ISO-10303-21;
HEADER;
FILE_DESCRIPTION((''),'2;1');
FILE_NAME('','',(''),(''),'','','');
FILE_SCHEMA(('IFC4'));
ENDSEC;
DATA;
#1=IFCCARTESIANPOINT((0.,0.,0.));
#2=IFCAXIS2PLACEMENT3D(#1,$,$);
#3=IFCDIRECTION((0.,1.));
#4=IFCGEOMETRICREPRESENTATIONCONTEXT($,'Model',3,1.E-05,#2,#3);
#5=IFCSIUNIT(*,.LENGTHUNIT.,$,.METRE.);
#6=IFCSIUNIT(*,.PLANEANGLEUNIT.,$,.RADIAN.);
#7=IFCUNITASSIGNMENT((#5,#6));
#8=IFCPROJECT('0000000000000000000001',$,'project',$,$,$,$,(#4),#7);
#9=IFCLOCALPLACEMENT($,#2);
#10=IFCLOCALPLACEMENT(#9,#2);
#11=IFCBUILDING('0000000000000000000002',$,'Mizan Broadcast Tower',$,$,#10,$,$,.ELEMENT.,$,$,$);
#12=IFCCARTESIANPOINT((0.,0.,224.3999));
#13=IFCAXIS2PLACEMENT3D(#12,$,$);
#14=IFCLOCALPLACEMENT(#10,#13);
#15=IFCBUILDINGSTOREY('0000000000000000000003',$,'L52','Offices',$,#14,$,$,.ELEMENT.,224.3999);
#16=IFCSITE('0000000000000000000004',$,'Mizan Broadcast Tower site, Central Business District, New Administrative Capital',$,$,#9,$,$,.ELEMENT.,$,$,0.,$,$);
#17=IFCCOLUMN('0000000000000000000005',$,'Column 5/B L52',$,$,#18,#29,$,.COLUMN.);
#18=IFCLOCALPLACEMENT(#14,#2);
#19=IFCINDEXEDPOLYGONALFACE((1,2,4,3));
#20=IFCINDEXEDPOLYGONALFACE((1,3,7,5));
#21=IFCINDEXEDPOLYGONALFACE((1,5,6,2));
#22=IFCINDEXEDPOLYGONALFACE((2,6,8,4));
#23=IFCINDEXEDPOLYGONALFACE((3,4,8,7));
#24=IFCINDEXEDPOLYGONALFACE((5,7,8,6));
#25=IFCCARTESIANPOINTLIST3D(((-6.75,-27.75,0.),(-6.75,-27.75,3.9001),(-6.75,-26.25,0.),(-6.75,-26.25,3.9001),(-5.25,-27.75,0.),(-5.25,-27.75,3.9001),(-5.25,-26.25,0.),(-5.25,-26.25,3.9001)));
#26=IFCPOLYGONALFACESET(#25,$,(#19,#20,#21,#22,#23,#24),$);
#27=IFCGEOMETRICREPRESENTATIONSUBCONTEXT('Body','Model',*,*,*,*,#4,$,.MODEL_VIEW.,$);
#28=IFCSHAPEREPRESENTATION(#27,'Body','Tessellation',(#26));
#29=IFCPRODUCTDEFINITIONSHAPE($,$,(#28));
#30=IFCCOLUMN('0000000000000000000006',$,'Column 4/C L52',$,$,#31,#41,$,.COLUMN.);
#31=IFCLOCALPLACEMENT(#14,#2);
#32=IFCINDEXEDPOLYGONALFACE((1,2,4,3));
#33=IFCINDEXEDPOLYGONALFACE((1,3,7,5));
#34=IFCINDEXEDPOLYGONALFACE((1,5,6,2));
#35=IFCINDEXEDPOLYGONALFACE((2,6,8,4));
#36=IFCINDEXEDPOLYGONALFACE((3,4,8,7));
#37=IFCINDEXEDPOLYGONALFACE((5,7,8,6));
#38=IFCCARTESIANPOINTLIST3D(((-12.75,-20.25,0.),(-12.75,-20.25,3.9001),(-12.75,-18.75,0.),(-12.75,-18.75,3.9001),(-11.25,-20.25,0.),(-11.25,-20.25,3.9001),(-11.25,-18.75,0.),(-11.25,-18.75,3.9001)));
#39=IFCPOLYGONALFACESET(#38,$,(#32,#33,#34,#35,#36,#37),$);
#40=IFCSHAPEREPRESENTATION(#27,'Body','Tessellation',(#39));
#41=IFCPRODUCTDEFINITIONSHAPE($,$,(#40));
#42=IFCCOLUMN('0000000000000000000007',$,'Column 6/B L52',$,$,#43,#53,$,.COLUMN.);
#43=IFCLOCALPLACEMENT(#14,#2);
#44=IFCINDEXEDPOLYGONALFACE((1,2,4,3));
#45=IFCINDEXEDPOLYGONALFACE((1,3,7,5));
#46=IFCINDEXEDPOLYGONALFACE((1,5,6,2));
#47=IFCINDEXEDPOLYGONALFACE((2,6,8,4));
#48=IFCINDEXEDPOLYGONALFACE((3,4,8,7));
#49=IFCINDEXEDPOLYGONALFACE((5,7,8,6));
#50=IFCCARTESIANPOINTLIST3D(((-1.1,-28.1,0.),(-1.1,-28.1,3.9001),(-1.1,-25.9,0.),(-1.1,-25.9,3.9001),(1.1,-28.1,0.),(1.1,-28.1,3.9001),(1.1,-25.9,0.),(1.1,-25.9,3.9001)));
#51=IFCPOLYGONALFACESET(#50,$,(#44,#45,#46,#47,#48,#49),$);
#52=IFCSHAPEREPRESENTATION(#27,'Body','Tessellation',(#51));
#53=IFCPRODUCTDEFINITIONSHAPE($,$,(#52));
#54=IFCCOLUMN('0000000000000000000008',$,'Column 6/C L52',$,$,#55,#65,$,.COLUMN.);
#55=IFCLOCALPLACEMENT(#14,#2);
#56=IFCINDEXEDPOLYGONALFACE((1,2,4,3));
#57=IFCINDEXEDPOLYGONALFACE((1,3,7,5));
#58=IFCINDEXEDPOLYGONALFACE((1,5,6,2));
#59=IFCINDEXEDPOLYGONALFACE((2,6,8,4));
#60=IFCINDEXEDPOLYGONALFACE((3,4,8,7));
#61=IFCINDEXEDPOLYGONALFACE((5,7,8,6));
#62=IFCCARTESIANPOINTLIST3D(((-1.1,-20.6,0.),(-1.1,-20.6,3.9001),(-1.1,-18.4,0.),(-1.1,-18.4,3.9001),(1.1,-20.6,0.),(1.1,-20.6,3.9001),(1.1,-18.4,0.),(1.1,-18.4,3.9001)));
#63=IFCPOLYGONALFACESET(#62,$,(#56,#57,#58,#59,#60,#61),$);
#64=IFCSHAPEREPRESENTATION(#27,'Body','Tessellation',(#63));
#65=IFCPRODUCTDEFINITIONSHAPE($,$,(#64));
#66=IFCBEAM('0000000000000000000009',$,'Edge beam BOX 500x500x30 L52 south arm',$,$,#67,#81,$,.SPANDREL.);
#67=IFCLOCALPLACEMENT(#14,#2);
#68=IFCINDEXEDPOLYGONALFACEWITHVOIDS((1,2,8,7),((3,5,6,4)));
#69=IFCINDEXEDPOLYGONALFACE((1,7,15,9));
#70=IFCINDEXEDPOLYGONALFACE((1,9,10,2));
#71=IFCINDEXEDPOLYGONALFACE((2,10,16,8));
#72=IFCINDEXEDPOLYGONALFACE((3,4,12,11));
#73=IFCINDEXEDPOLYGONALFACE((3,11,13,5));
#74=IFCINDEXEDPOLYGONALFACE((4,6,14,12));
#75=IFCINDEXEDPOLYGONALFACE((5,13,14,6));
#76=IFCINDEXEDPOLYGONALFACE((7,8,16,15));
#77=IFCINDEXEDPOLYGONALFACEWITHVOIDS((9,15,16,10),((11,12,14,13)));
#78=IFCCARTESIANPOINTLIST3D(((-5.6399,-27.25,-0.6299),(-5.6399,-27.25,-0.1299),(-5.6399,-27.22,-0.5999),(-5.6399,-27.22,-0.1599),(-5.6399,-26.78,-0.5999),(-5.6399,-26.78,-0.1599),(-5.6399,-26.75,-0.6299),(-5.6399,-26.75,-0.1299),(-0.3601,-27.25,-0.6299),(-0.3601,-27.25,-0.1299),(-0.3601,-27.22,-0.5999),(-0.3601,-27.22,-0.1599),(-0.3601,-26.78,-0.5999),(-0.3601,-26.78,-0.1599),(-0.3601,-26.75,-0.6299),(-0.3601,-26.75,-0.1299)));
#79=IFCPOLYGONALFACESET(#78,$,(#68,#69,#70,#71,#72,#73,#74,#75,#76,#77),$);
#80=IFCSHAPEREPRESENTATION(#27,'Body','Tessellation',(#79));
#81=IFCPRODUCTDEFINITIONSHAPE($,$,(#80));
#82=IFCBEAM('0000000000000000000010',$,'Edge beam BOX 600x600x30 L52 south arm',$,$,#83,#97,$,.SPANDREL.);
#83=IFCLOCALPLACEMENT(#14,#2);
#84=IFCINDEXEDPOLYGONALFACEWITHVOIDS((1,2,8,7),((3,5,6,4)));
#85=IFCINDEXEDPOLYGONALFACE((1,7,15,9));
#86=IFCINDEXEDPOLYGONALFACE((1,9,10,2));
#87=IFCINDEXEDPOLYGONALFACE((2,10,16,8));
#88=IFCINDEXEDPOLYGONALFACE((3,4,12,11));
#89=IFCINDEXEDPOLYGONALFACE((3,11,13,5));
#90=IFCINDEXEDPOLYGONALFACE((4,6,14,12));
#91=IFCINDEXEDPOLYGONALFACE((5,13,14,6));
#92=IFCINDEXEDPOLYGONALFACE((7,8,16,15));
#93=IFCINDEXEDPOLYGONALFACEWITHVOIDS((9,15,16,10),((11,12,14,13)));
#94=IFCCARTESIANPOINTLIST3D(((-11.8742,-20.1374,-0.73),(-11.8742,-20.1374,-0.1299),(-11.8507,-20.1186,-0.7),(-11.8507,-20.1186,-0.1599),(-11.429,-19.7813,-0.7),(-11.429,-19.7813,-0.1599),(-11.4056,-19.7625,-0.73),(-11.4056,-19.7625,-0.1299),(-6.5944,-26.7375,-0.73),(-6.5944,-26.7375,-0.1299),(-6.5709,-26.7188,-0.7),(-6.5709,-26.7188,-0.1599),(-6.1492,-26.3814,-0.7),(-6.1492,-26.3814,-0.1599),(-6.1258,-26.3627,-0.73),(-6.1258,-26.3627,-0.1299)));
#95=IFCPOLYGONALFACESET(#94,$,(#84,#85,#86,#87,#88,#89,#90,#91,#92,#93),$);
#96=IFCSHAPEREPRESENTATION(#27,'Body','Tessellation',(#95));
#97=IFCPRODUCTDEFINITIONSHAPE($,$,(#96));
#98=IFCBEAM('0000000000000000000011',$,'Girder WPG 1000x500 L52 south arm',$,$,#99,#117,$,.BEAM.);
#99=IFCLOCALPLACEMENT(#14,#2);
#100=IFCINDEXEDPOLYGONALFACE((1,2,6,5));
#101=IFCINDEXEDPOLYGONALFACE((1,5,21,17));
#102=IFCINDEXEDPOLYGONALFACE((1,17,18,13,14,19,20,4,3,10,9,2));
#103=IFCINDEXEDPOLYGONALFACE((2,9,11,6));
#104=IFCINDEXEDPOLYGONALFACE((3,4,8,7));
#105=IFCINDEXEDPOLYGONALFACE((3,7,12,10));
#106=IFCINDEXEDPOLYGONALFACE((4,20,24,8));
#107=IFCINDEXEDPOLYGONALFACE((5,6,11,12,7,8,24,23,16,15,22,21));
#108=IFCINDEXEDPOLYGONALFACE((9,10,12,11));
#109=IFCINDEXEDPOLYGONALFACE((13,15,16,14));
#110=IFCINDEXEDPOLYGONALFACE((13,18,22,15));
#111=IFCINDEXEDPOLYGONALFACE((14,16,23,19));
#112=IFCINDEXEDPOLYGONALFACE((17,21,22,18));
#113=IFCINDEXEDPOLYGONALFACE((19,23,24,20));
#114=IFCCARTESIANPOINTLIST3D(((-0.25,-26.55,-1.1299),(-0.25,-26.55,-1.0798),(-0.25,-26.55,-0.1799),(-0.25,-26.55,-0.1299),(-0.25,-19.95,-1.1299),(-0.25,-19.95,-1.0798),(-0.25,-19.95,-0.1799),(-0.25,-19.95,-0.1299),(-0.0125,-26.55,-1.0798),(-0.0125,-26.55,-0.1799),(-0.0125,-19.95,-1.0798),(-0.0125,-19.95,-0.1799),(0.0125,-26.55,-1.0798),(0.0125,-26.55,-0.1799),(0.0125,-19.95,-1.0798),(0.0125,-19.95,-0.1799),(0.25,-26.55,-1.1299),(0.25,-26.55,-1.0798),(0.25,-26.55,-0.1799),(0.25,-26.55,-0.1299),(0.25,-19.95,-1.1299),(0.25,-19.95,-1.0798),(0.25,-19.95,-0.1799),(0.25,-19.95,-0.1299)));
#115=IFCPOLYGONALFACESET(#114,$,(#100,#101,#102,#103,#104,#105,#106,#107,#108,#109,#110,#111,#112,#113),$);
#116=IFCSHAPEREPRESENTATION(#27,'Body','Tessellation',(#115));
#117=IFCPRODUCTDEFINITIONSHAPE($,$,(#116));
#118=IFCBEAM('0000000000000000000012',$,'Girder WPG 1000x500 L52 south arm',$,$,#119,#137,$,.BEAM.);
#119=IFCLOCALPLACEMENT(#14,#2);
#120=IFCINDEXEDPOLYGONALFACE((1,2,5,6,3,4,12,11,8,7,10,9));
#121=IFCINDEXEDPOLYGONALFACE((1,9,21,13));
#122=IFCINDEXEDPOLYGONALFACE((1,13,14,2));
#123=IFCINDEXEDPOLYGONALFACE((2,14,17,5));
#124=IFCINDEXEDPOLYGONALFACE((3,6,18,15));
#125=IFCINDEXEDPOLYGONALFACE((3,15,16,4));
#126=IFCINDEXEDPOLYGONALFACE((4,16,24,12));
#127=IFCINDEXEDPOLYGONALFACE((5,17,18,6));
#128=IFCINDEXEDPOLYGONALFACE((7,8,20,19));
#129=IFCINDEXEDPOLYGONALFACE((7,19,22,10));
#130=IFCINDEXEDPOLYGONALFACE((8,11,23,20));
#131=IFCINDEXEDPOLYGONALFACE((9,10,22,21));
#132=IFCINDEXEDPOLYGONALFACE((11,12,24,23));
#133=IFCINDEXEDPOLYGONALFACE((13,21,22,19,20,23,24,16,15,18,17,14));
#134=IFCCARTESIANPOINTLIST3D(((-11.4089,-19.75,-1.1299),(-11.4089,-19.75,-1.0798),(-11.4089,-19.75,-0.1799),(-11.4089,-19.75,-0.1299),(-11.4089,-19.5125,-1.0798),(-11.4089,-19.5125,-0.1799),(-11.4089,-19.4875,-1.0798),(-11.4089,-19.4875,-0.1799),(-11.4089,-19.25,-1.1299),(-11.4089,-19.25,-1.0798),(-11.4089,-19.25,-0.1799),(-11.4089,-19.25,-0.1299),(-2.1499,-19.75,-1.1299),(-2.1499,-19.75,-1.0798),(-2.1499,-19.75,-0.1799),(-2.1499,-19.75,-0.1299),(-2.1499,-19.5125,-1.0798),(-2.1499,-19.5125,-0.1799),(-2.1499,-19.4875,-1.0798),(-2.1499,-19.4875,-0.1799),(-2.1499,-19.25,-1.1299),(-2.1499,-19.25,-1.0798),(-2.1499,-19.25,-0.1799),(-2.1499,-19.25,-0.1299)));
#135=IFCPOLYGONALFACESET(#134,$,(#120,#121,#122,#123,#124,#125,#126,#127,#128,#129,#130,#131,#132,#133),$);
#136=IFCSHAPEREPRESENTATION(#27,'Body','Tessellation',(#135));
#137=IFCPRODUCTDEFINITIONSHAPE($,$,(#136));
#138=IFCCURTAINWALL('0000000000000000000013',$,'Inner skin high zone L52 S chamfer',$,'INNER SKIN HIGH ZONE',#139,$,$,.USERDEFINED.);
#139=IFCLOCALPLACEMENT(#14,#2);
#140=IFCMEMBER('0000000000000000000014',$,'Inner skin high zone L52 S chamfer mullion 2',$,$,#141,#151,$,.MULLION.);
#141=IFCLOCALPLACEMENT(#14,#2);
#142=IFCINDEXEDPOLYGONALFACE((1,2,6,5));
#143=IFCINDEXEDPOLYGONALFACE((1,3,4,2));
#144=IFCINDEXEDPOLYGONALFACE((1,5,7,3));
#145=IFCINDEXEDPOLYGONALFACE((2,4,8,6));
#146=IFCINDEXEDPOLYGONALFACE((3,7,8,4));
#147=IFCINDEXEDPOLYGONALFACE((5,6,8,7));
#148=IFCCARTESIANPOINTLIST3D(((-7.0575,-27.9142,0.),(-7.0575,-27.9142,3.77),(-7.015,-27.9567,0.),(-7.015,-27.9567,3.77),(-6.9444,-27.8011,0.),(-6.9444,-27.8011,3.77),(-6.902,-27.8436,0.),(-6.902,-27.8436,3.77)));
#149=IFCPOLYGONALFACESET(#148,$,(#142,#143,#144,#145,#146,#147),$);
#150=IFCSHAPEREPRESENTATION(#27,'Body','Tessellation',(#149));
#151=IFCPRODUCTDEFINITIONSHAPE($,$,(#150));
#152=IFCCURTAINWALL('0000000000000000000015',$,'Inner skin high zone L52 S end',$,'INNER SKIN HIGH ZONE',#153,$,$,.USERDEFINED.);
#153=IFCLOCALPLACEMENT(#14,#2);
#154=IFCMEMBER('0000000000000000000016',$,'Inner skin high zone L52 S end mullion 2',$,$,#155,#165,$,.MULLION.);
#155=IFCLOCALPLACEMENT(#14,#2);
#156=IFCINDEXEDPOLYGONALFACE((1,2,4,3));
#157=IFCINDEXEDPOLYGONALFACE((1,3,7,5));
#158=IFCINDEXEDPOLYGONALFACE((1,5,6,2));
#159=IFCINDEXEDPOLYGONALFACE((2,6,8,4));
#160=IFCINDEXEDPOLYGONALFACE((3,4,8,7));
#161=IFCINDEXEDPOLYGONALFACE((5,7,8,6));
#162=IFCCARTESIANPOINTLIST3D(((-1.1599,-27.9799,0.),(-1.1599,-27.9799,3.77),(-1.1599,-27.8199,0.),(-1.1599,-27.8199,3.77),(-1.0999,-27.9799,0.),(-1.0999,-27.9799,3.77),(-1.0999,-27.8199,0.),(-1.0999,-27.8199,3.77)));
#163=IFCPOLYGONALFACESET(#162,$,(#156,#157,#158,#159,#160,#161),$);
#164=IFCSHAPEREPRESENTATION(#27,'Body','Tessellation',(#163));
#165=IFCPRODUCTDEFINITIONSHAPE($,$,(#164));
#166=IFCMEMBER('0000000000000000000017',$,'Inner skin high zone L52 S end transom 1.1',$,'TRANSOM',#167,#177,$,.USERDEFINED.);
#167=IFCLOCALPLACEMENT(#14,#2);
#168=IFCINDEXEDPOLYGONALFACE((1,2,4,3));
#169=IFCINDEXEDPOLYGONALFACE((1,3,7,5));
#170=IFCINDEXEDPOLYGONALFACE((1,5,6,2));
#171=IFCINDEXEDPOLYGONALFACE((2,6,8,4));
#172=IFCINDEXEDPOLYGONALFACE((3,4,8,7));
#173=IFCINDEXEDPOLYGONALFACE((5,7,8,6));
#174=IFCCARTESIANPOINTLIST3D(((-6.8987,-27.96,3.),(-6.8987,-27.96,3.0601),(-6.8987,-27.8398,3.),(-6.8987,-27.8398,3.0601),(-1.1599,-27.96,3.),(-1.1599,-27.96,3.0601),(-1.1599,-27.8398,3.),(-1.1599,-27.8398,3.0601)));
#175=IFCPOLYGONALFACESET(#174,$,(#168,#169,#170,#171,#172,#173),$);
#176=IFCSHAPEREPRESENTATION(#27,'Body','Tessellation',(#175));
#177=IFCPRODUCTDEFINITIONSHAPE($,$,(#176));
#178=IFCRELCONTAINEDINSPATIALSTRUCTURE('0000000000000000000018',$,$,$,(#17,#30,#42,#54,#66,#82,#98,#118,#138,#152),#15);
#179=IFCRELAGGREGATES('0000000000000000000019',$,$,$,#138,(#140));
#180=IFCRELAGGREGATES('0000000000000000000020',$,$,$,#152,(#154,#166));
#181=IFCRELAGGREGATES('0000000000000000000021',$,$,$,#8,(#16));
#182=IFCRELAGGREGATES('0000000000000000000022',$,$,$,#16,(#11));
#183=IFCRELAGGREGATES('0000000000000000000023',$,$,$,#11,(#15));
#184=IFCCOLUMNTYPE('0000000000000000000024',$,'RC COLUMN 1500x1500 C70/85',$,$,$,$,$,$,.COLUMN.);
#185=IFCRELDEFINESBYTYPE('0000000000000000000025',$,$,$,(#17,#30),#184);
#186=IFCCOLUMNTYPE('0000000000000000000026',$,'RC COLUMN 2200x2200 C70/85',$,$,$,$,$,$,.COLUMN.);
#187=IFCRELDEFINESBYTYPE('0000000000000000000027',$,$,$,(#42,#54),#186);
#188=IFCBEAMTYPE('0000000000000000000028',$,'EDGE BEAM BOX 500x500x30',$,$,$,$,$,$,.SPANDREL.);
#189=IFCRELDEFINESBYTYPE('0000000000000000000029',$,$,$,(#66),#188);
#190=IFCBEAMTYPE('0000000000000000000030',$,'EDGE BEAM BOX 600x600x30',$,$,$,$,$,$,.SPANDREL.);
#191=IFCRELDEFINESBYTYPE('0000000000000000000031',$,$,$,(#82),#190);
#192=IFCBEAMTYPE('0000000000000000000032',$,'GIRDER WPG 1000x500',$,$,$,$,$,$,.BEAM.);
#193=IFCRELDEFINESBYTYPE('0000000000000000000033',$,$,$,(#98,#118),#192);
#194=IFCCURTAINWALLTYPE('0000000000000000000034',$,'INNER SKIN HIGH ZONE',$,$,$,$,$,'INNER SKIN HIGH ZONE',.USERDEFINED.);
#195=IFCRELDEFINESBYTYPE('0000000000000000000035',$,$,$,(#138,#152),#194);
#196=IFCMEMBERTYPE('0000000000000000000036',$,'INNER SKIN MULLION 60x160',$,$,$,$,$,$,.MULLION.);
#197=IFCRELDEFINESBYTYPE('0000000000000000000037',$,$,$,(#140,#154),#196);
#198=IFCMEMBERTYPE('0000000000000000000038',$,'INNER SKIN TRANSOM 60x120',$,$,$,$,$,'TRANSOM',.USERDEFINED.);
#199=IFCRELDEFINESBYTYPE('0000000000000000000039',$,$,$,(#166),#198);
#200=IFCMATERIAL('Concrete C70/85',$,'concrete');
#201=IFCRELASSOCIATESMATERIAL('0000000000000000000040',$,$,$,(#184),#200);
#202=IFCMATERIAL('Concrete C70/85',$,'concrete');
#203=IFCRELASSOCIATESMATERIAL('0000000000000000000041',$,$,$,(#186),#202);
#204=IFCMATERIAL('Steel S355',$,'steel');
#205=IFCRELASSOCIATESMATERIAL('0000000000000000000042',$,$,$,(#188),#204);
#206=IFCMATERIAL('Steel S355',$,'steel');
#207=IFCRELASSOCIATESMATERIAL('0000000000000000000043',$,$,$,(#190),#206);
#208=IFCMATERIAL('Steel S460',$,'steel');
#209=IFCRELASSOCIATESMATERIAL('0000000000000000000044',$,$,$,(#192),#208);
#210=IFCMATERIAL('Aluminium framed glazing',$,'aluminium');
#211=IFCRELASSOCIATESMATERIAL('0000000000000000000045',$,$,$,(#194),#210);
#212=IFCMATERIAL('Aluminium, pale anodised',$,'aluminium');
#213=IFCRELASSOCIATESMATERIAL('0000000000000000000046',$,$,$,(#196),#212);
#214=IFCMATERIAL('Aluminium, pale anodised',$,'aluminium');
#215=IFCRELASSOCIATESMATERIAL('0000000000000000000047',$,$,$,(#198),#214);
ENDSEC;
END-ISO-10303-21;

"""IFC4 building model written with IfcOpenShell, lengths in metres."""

from ifc_helpers import new_model, si_unit, direction, frame, origin, origin_2d, place, context, subcontext, project, spatial, rectangle, hollow_rectangle, i_section, extrude, material, material_profile, profile_set, type_object, element, aggregate, save


model = new_model("IFC4")

# Units and contexts
model_context = context("Model", 3, precision=1e-05, world=origin(), true_north=direction((0.0, 1.0)))
body_context = subcontext(model_context, "Body", "Model", "MODEL_VIEW")
ifc_project = project(units=[si_unit("LENGTHUNIT", "METRE"), si_unit("PLANEANGLEUNIT", "RADIAN")], contexts=[model_context])

# Site, building, storey
site_placement = place(None, origin())
site = spatial("IfcSite", under=ifc_project, at=site_placement, Name="Mizan Broadcast Tower site, Central Business District, New Administrative Capital", CompositionType="ELEMENT", RefElevation=0.0)
building_placement = place(site_placement, origin())
building = spatial("IfcBuilding", under=site, at=building_placement, Name="Mizan Broadcast Tower", CompositionType="ELEMENT")
storey_placement = place(building_placement, frame((0.0, 0.0, 224.3999)))
storey = spatial("IfcBuildingStorey", under=building, at=storey_placement, Name="L52", Description="Offices", CompositionType="ELEMENT", Elevation=224.3999)

# Columns
ifc_material_1 = material(Name="Concrete C70/85", Category="concrete")
ifc_material_profile_1 = material_profile(ifc_material_1, rectangle(XDim=1.5, YDim=1.5, at=origin_2d()), Name="RC 1500x1500")
ifc_profile_set_1 = profile_set([ifc_material_profile_1], Name="Concrete C70/85")
column_type_1 = type_object("IfcColumnType", Name="RC COLUMN 1500x1500 C70/85", PredefinedType="COLUMN", material=ifc_profile_set_1)
for number, where, z_axis, x_axis, name in (
    (1, (-6.0, -27.0, 0.0), (0.0, 0.0, 1.0), (1.0, 0.0, 0.0), "Column 5/B L52"),
    (2, (-12.0, -19.5, 0.0), (0.0, 0.0, 1.0), (1.0, 0.0, 0.0), "Column 4/C L52"),
):
    element("IfcColumn", number, at=place(storey_placement, frame(where, z_axis=z_axis, x_axis=x_axis)), inside=storey, type_object=column_type_1, Name=name, PredefinedType="COLUMN", context=body_context, shape_type="SweptSolid", body=[
        extrude(rectangle(XDim=1.5, YDim=1.5, at=origin_2d()), origin(), (0.0, 0.0, 1.0), 3.9001),
    ])
ifc_material_2 = material(Name="Concrete C70/85", Category="concrete")
ifc_material_profile_2 = material_profile(ifc_material_2, rectangle(XDim=2.2, YDim=2.2, at=origin_2d()), Name="RC 2200x2200")
ifc_profile_set_2 = profile_set([ifc_material_profile_2], Name="Concrete C70/85")
column_type_2 = type_object("IfcColumnType", Name="RC COLUMN 2200x2200 C70/85", PredefinedType="COLUMN", material=ifc_profile_set_2)
for number, where, z_axis, x_axis, name in (
    (3, (0.0, -27.0, 0.0), (0.0, 0.0, 1.0), (1.0, 0.0, 0.0), "Column 6/B L52"),
    (4, (0.0, -19.5, 0.0), (0.0, 0.0, 1.0), (1.0, 0.0, 0.0), "Column 6/C L52"),
):
    element("IfcColumn", number, at=place(storey_placement, frame(where, z_axis=z_axis, x_axis=x_axis)), inside=storey, type_object=column_type_2, Name=name, PredefinedType="COLUMN", context=body_context, shape_type="SweptSolid", body=[
        extrude(rectangle(XDim=2.2, YDim=2.2, at=origin_2d()), origin(), (0.0, 0.0, 1.0), 3.9001),
    ])

# Beams
ifc_material_3 = material(Name="Steel S355", Category="steel")
ifc_material_profile_3 = material_profile(ifc_material_3, hollow_rectangle(XDim=0.5, YDim=0.5, WallThickness=0.03, at=origin_2d()), Name="BOX 500x500x30")
ifc_profile_set_3 = profile_set([ifc_material_profile_3], Name="Steel S355")
beam_type_1 = type_object("IfcBeamType", Name="EDGE BEAM BOX 500x500x30", PredefinedType="SPANDREL", material=ifc_profile_set_3)
beam_1_placement = place(storey_placement, frame((-5.6399, -27.0, -0.3799), z_axis=(1.0, 0.0, 0.0), x_axis=(0.0, 1.0, 0.0)))
element("IfcBeam", 5, at=beam_1_placement, inside=storey, type_object=beam_type_1, Name="Edge beam BOX 500x500x30 L52 south arm", PredefinedType="SPANDREL", context=body_context, shape_type="SweptSolid", body=[
    extrude(hollow_rectangle(XDim=0.5, YDim=0.5, WallThickness=0.03, at=origin_2d()), origin(), (0.0, 0.0, 1.0), 5.2798),
])
ifc_material_4 = material(Name="Steel S355", Category="steel")
ifc_material_profile_4 = material_profile(ifc_material_4, hollow_rectangle(XDim=0.6001, YDim=0.6001, WallThickness=0.03, at=origin_2d()), Name="BOX 600x600x30")
ifc_profile_set_4 = profile_set([ifc_material_profile_4], Name="Steel S355")
beam_type_2 = type_object("IfcBeamType", Name="EDGE BEAM BOX 600x600x30", PredefinedType="SPANDREL", material=ifc_profile_set_4)
beam_2_placement = place(storey_placement, frame((-11.6399, -19.95, -0.4299), z_axis=(0.624674, -0.780886, 0.0), x_axis=(0.780886, 0.624674, 0.0)))
element("IfcBeam", 6, at=beam_2_placement, inside=storey, type_object=beam_type_2, Name="Edge beam BOX 600x600x30 L52 south arm", PredefinedType="SPANDREL", context=body_context, shape_type="SweptSolid", body=[
    extrude(hollow_rectangle(XDim=0.6001, YDim=0.6001, WallThickness=0.03, at=origin_2d()), origin(), (0.0, 0.0, 1.0), 8.4521),
])
ifc_material_5 = material(Name="Steel S460", Category="steel")
ifc_material_profile_5 = material_profile(ifc_material_5, i_section(OverallWidth=0.5, OverallDepth=1.0, WebThickness=0.0249, FlangeThickness=0.05, at=origin_2d()), Name="WPG 1000x500")
ifc_profile_set_5 = profile_set([ifc_material_profile_5], Name="Steel S460")
beam_type_3 = type_object("IfcBeamType", Name="GIRDER WPG 1000x500", PredefinedType="BEAM", material=ifc_profile_set_5)
beam_3_placement = place(storey_placement, frame((0.0, -19.95, -0.6299), z_axis=(0.0, -1.0, 0.0), x_axis=(1.0, 0.0, 0.0)))
element("IfcBeam", 7, at=beam_3_placement, inside=storey, type_object=beam_type_3, Name="Girder WPG 1000x500 L52 south arm", PredefinedType="BEAM", context=body_context, shape_type="SweptSolid", body=[
    extrude(i_section(OverallWidth=0.5, OverallDepth=1.0, WebThickness=0.0249, FlangeThickness=0.05, at=origin_2d()), origin(), (0.0, 0.0, 1.0), 6.6001),
])
beam_4_placement = place(storey_placement, frame((-11.4089, -19.5, -0.6299), z_axis=(1.0, 0.0, 0.0), x_axis=(0.0, 1.0, 0.0)))
element("IfcBeam", 8, at=beam_4_placement, inside=storey, type_object=beam_type_3, Name="Girder WPG 1000x500 L52 south arm", PredefinedType="BEAM", context=body_context, shape_type="SweptSolid", body=[
    extrude(i_section(OverallWidth=0.5, OverallDepth=1.0, WebThickness=0.0249, FlangeThickness=0.05, at=origin_2d()), origin(), (0.0, 0.0, 1.0), 9.259),
])

# Curtain wall, member
ifc_material_6 = material(Name="Aluminium framed glazing", Category="aluminium")
curtain_wall_type_1 = type_object("IfcCurtainWallType", Name="INNER SKIN HIGH ZONE", ElementType="INNER SKIN HIGH ZONE", PredefinedType="USERDEFINED", material=ifc_material_6)
curtain_wall_1_placement = place(storey_placement, origin())
curtain_wall_1 = element("IfcCurtainWall", 9, at=curtain_wall_1_placement, inside=storey, type_object=curtain_wall_type_1, Name="Inner skin high zone L52 S chamfer", ObjectType="INNER SKIN HIGH ZONE", PredefinedType="USERDEFINED")
ifc_material_7 = material(Name="Aluminium, pale anodised", Category="aluminium")
ifc_material_profile_6 = material_profile(ifc_material_7, rectangle(XDim=0.1599, YDim=0.0601, at=origin_2d()), Name="MULLION 160x60")
ifc_profile_set_6 = profile_set([ifc_material_profile_6], Name="Aluminium, pale anodised")
member_type_1 = type_object("IfcMemberType", Name="INNER SKIN MULLION 60x160", PredefinedType="MULLION", material=ifc_profile_set_6)
member_1_placement = place(storey_placement, frame((-6.9797, -27.8789, 0.0), z_axis=(0.0, 0.0, 1.0), x_axis=(0.707107, 0.707107, 0.0)))
member_1 = element("IfcMember", 10, at=member_1_placement, type_object=member_type_1, Name="Inner skin high zone L52 S chamfer mullion 2", PredefinedType="MULLION", context=body_context, shape_type="SweptSolid", body=[
    extrude(rectangle(XDim=0.1599, YDim=0.0601, at=origin_2d()), origin(), (0.0, 0.0, 1.0), 3.77),
])

# Curtain wall, members
curtain_wall_2_placement = place(storey_placement, origin())
curtain_wall_2 = element("IfcCurtainWall", 11, at=curtain_wall_2_placement, inside=storey, type_object=curtain_wall_type_1, Name="Inner skin high zone L52 S end", ObjectType="INNER SKIN HIGH ZONE", PredefinedType="USERDEFINED")
member_2_placement = place(storey_placement, frame((-1.1299, -27.8999, 0.0), z_axis=(0.0, 0.0, 1.0), x_axis=(0.0, 1.0, 0.0)))
member_2 = element("IfcMember", 12, at=member_2_placement, type_object=member_type_1, Name="Inner skin high zone L52 S end mullion 2", PredefinedType="MULLION", context=body_context, shape_type="SweptSolid", body=[
    extrude(rectangle(XDim=0.1599, YDim=0.0601, at=origin_2d()), origin(), (0.0, 0.0, 1.0), 3.77),
])
ifc_material_8 = material(Name="Aluminium, pale anodised", Category="aluminium")
ifc_material_profile_7 = material_profile(ifc_material_8, rectangle(XDim=0.1201, YDim=0.0601, at=origin_2d()), Name="TRANSOM 120x60")
ifc_profile_set_7 = profile_set([ifc_material_profile_7], Name="Aluminium, pale anodised")
member_type_2 = type_object("IfcMemberType", Name="INNER SKIN TRANSOM 60x120", ElementType="TRANSOM", PredefinedType="USERDEFINED", material=ifc_profile_set_7)
member_3_placement = place(storey_placement, frame((-6.8987, -27.8999, 3.03), z_axis=(1.0, 0.0, 0.0), x_axis=(0.0, 1.0, 0.0)))
member_3 = element("IfcMember", 13, at=member_3_placement, type_object=member_type_2, Name="Inner skin high zone L52 S end transom 1.1", ObjectType="TRANSOM", PredefinedType="USERDEFINED", context=body_context, shape_type="SweptSolid", body=[
    extrude(rectangle(XDim=0.1201, YDim=0.0601, at=origin_2d()), origin(), (0.0, 0.0, 1.0), 5.7388),
])

aggregate(curtain_wall_1, [member_1])
aggregate(curtain_wall_2, [member_2, member_3])

save(model, "model.ifc")
